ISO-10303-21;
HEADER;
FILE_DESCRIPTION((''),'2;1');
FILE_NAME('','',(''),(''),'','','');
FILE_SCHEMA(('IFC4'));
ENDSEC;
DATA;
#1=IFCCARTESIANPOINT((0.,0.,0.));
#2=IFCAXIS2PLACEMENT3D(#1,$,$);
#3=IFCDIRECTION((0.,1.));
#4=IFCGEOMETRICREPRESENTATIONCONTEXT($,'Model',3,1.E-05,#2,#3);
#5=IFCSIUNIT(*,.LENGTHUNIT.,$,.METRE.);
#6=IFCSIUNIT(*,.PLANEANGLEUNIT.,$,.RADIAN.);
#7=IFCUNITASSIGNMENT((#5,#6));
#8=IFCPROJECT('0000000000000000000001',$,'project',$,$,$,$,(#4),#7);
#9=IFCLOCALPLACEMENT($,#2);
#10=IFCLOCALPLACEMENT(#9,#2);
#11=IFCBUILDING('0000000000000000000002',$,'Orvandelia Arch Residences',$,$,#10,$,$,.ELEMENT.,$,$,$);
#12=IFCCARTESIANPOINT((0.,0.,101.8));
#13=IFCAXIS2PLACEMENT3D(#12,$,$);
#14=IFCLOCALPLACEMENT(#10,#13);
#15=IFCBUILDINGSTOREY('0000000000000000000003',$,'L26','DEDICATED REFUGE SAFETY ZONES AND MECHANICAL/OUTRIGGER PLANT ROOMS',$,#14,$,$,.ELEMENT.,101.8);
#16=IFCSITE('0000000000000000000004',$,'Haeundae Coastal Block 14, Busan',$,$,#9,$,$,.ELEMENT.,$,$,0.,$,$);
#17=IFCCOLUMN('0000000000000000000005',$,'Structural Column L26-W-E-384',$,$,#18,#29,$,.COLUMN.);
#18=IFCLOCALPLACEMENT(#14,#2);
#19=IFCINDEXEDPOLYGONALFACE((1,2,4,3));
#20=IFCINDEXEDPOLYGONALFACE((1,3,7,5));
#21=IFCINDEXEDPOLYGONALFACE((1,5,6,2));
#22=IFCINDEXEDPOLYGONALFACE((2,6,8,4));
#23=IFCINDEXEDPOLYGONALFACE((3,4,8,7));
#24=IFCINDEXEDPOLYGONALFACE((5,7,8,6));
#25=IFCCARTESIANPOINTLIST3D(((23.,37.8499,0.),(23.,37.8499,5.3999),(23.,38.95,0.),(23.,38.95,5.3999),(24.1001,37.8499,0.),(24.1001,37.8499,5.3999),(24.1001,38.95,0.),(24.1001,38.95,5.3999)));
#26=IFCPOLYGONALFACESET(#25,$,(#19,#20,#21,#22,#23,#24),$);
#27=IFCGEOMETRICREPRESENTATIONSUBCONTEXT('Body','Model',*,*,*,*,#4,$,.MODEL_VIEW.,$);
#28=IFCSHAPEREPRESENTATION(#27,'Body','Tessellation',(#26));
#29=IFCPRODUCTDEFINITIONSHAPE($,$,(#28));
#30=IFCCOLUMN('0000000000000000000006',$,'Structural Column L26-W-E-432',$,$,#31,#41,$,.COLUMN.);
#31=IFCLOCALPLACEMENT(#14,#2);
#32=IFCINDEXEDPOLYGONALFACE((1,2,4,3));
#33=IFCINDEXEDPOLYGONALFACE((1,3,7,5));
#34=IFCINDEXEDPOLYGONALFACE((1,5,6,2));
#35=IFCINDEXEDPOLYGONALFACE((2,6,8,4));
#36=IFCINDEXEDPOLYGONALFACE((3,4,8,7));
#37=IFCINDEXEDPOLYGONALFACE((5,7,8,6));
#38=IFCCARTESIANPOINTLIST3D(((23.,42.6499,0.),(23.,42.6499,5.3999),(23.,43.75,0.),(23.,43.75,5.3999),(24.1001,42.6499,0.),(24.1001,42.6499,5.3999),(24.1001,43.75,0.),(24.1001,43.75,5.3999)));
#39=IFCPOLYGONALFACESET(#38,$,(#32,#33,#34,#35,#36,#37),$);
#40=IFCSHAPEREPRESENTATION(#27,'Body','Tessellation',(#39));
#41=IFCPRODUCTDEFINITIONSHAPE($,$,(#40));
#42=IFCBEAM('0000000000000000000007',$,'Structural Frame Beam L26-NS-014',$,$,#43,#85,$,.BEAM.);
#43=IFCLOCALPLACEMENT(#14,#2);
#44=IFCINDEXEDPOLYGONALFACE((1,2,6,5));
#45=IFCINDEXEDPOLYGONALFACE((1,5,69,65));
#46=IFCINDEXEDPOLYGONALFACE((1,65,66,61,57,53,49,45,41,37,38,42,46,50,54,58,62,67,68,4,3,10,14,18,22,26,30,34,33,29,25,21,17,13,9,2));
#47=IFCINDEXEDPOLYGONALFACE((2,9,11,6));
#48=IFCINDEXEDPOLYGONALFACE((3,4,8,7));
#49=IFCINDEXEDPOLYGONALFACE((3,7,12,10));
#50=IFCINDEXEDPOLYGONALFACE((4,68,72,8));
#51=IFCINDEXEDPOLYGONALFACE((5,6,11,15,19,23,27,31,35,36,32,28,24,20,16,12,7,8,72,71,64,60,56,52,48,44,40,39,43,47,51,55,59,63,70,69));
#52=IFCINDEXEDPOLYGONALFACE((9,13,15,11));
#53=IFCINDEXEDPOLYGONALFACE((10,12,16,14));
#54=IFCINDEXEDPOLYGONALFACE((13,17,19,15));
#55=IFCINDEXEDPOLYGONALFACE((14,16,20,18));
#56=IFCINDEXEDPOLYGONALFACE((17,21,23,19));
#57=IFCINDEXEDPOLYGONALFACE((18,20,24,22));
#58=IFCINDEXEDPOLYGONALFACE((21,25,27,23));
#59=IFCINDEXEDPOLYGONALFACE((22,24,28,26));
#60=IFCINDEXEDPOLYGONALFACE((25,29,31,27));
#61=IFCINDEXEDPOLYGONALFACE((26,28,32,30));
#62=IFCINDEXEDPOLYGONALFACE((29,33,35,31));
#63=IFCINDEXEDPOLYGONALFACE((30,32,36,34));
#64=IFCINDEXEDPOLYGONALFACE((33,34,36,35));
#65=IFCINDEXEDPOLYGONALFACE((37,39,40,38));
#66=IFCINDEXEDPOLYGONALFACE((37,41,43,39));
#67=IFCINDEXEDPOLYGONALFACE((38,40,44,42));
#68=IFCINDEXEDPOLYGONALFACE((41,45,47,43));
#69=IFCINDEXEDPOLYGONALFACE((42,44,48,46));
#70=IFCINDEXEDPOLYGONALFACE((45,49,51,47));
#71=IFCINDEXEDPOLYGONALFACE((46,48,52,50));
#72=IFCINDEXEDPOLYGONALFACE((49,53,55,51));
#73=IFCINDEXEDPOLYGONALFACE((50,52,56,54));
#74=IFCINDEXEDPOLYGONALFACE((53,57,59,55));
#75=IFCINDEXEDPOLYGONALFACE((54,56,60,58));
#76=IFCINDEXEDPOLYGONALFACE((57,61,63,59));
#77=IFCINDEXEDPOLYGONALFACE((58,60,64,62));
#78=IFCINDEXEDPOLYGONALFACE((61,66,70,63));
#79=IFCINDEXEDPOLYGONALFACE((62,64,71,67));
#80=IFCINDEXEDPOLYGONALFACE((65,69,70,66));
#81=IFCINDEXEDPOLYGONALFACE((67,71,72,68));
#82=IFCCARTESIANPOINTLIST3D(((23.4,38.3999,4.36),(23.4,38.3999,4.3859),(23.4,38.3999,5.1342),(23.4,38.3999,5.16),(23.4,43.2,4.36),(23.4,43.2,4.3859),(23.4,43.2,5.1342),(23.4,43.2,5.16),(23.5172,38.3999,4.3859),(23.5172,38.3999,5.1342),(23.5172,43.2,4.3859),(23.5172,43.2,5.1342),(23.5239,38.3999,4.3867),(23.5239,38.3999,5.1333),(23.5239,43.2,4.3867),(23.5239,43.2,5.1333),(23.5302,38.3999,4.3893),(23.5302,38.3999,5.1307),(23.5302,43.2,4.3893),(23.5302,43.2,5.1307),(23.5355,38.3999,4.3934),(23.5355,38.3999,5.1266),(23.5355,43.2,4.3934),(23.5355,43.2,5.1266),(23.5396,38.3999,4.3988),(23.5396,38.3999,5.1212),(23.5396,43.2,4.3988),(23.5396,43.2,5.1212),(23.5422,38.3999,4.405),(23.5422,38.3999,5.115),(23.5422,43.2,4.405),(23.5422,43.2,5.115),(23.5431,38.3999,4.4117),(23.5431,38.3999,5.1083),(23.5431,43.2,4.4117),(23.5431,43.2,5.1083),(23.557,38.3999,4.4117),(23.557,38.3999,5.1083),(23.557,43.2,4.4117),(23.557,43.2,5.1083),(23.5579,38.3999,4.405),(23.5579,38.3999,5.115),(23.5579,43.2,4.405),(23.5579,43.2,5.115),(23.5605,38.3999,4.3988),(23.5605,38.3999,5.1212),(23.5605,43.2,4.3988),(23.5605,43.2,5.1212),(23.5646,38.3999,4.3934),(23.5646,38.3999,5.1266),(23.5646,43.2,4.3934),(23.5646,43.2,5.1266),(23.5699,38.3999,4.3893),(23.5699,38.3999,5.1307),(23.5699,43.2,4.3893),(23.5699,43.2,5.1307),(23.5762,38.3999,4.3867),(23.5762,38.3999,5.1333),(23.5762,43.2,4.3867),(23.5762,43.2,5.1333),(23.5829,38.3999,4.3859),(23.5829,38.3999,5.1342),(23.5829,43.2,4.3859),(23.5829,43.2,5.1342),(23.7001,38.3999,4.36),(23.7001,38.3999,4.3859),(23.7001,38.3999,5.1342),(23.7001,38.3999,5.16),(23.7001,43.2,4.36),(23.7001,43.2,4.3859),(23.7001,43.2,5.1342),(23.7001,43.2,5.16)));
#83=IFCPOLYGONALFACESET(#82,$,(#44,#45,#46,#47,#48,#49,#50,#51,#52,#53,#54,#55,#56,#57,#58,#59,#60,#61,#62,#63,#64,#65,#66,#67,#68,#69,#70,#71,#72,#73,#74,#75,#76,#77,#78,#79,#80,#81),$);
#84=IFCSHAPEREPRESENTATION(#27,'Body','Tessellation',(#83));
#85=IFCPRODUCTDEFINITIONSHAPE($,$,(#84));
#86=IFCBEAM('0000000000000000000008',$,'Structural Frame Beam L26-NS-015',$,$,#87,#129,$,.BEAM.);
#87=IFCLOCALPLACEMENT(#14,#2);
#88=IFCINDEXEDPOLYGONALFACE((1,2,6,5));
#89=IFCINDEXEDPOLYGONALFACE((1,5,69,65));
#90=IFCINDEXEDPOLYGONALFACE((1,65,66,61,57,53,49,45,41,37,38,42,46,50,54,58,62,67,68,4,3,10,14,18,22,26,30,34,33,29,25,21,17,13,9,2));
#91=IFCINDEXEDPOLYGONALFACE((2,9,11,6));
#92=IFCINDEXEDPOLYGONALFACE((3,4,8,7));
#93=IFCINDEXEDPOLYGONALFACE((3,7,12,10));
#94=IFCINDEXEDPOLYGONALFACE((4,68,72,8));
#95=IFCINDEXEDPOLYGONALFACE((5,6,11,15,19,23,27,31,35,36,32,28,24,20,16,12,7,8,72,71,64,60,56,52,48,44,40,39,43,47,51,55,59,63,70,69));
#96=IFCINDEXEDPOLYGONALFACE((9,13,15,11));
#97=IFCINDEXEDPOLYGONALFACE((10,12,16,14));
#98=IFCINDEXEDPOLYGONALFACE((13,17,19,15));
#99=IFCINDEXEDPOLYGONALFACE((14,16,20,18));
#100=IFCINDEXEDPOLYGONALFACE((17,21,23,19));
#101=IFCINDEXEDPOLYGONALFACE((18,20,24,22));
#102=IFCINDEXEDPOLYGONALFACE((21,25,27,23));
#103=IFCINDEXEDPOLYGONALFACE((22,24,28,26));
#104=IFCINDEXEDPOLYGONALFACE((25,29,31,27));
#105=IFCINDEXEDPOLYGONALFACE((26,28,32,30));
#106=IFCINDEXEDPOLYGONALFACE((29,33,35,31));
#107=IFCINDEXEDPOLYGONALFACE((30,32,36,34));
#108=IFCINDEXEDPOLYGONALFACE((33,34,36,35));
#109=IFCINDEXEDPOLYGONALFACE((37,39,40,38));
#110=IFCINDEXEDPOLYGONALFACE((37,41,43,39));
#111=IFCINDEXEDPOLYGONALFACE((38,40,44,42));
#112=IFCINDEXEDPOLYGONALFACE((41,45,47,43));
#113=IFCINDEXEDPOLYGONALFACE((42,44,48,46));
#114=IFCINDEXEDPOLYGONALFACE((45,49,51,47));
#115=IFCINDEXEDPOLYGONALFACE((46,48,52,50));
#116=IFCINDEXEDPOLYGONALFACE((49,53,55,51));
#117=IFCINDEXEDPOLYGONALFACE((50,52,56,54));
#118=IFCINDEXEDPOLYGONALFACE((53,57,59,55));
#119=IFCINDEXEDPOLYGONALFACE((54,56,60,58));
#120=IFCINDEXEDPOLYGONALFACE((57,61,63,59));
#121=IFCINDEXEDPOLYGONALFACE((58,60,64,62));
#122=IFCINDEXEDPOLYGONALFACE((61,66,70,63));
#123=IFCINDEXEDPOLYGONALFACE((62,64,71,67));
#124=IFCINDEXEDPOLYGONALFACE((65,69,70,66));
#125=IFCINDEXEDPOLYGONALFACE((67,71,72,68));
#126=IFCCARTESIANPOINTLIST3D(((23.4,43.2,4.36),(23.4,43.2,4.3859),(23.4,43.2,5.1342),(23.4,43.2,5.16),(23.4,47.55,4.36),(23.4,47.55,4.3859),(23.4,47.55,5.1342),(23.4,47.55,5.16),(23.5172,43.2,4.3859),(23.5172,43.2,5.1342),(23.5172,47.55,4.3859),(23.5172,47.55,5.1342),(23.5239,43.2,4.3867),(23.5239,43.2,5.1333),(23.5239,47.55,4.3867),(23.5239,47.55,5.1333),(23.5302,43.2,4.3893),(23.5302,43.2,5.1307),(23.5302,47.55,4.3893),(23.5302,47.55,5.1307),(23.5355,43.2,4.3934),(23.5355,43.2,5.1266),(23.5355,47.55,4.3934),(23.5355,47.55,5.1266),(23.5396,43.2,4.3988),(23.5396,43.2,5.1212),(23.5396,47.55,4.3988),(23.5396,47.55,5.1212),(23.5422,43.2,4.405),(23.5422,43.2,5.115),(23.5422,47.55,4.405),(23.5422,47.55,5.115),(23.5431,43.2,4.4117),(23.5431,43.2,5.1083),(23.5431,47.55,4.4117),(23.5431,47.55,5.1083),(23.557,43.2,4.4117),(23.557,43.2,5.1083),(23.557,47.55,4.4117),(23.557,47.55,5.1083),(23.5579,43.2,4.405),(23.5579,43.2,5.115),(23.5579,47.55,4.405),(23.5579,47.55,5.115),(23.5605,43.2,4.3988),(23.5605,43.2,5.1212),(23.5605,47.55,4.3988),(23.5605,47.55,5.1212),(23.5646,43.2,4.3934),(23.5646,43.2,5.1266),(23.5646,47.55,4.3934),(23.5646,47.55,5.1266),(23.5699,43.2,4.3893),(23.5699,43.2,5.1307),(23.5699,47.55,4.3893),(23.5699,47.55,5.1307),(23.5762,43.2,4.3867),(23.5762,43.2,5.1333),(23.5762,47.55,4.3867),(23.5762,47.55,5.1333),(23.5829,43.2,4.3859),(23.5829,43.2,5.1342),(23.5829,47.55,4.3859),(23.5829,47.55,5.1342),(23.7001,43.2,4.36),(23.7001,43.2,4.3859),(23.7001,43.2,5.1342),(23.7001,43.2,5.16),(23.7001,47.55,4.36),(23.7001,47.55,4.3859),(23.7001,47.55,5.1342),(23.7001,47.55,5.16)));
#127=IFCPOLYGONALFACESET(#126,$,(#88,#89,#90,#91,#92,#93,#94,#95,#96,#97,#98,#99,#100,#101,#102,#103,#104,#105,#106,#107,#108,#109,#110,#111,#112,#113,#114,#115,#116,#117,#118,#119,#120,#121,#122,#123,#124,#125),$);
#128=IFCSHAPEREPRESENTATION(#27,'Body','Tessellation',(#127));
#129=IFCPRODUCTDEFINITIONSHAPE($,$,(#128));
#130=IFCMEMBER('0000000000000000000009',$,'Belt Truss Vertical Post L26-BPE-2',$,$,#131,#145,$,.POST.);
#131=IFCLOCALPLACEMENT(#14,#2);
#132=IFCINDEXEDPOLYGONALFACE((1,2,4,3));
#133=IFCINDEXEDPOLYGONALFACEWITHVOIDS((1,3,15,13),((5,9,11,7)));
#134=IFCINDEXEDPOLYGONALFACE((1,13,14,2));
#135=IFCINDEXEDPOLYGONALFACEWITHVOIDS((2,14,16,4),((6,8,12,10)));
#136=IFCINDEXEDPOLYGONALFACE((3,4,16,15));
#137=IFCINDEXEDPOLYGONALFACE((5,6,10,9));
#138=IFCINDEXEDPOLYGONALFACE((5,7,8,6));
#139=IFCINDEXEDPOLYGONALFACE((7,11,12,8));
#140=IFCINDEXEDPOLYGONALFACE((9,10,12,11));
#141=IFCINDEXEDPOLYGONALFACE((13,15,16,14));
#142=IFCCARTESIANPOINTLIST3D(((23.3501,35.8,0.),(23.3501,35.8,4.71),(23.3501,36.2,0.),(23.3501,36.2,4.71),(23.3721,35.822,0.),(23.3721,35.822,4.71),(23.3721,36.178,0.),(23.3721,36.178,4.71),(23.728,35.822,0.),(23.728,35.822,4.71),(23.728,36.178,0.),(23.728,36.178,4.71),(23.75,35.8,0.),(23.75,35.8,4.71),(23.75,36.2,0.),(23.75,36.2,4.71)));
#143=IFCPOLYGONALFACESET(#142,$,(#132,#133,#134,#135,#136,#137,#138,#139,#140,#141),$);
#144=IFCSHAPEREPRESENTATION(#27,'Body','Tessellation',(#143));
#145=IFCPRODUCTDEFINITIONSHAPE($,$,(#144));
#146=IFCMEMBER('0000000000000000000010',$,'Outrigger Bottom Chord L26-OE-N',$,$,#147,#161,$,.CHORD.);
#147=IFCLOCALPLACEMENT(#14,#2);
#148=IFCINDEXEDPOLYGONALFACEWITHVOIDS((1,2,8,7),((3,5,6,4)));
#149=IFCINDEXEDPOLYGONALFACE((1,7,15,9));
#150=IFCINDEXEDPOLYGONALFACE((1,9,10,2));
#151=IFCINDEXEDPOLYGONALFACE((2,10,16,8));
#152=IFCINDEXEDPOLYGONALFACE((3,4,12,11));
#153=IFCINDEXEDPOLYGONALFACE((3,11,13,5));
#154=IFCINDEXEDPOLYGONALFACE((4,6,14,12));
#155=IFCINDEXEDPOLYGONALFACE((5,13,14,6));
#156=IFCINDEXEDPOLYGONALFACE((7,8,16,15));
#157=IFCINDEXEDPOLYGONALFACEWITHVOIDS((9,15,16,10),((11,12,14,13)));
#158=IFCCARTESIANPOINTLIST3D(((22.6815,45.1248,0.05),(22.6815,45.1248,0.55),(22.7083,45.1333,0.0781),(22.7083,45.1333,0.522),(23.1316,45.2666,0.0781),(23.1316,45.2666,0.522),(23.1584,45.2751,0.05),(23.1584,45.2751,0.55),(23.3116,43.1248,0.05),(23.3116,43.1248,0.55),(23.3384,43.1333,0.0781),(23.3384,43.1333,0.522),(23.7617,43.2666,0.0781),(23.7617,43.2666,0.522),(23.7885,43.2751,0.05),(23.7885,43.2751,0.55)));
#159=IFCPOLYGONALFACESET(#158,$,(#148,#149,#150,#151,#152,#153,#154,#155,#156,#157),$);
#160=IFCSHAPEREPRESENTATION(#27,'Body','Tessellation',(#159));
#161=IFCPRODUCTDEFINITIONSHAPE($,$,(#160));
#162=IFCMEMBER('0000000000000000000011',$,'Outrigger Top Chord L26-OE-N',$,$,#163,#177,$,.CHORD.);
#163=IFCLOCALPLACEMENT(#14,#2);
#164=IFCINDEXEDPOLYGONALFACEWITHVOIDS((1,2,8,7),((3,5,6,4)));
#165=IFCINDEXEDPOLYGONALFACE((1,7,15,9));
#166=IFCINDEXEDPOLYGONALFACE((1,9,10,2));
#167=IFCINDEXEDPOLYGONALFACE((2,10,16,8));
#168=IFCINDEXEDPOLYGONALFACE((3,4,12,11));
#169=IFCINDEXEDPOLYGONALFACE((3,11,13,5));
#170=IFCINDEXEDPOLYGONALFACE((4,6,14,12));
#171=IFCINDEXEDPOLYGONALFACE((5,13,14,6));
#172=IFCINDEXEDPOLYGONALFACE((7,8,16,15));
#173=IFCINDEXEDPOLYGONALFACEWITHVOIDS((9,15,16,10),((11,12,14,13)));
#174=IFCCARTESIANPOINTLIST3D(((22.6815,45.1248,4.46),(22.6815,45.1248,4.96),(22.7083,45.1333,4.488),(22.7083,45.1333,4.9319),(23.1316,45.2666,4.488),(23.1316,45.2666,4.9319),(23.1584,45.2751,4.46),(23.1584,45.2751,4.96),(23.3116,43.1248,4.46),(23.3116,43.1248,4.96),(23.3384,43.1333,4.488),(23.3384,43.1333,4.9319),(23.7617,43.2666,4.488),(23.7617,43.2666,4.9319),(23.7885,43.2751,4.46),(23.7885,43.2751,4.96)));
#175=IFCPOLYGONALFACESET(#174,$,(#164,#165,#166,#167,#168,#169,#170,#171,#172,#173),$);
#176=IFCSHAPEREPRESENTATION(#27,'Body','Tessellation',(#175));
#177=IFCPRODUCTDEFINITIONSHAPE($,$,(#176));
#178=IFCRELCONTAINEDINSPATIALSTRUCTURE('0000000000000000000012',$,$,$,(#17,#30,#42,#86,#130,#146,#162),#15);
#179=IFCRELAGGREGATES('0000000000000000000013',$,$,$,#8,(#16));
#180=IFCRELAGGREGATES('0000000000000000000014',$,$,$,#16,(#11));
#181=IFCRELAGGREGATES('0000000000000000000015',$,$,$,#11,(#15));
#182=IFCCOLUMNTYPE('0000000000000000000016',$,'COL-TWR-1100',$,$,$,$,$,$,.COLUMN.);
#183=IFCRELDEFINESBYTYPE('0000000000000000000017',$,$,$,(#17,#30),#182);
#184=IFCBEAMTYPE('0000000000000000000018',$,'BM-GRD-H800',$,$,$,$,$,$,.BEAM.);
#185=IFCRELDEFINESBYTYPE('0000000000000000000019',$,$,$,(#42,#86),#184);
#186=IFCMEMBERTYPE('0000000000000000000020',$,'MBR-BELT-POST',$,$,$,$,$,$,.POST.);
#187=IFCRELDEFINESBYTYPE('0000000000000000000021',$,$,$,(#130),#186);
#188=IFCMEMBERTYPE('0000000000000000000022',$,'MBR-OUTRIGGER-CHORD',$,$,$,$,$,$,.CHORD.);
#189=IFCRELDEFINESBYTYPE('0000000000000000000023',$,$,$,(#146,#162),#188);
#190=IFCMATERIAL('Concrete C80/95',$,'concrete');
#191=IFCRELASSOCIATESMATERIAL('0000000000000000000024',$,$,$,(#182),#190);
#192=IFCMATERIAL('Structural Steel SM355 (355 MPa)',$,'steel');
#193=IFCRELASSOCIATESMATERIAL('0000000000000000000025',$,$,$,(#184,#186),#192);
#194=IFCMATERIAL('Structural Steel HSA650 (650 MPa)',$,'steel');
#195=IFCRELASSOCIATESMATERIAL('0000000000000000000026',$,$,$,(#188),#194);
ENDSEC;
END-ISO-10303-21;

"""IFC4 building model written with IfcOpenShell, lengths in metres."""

from ifc_helpers import new_model, si_unit, direction, frame, origin, origin_2d, place, context, subcontext, project, spatial, rectangle, hollow_rectangle, i_section, extrude, material, material_profile, profile_set, type_object, element, save


model = new_model("IFC4")

# Units and contexts
model_context = context("Model", 3, precision=1e-05, world=origin(), true_north=direction((0.0, 1.0)))
body_context = subcontext(model_context, "Body", "Model", "MODEL_VIEW")
ifc_project = project(units=[si_unit("LENGTHUNIT", "METRE"), si_unit("PLANEANGLEUNIT", "RADIAN")], contexts=[model_context])

# Site, building, storey
site_placement = place(None, origin())
site = spatial("IfcSite", under=ifc_project, at=site_placement, Name="Haeundae Coastal Block 14, Busan", CompositionType="ELEMENT", RefElevation=0.0)
building_placement = place(site_placement, origin())
building = spatial("IfcBuilding", under=site, at=building_placement, Name="Orvandelia Arch Residences", CompositionType="ELEMENT")
storey_placement = place(building_placement, frame((0.0, 0.0, 101.8)))
storey = spatial("IfcBuildingStorey", under=building, at=storey_placement, Name="L26", Description="DEDICATED REFUGE SAFETY ZONES AND MECHANICAL/OUTRIGGER PLANT ROOMS", CompositionType="ELEMENT", Elevation=101.8)

# Columns
ifc_material_1 = material(Name="Concrete C80/95", Category="concrete")
ifc_material_profile_1 = material_profile(ifc_material_1, rectangle(XDim=1.1001, YDim=1.1001, at=origin_2d()), Name="Concrete C80/95", Category="concrete")
ifc_profile_set_1 = profile_set([ifc_material_profile_1], Name="Concrete C80/95")
column_type = type_object("IfcColumnType", Name="COL-TWR-1100", PredefinedType="COLUMN", material=ifc_profile_set_1)
for number, where, z_axis, x_axis, name in (
    (1, (23.55, 38.3999, 0.0), (0.0, 0.0, 1.0), (1.0, 0.0, 0.0), "Structural Column L26-W-E-384"),
    (2, (23.55, 43.2, 0.0), (0.0, 0.0, 1.0), (1.0, 0.0, 0.0), "Structural Column L26-W-E-432"),
):
    element("IfcColumn", number, at=place(storey_placement, frame(where, z_axis=z_axis, x_axis=x_axis)), inside=storey, type_object=column_type, Name=name, PredefinedType="COLUMN", context=body_context, shape_type="SweptSolid", body=[
        extrude(rectangle(XDim=1.1001, YDim=1.1001, at=origin_2d()), origin(), (0.0, 0.0, 1.0), 5.3999),
    ])

# Beams
ifc_material_2 = material(Name="Structural Steel SM355 (355 MPa)", Category="steel")
ifc_material_profile_2 = material_profile(ifc_material_2, i_section(OverallWidth=0.3, OverallDepth=0.8, WebThickness=0.0139, FlangeThickness=0.0259, FilletRadius=0.0259, at=origin_2d()), Name="Structural Steel SM355 (355 MPa)", Category="steel")
ifc_profile_set_2 = profile_set([ifc_material_profile_2], Name="Structural Steel SM355 (355 MPa)")
beam_type = type_object("IfcBeamType", Name="BM-GRD-H800", PredefinedType="BEAM", material=ifc_profile_set_2)
beam_1_placement = place(storey_placement, frame((23.55, 38.3999, 4.76), z_axis=(0.0, 1.0, 0.0), x_axis=(-1.0, 0.0, 0.0)))
element("IfcBeam", 3, at=beam_1_placement, inside=storey, type_object=beam_type, Name="Structural Frame Beam L26-NS-014", PredefinedType="BEAM", context=body_context, shape_type="SweptSolid", body=[
    extrude(i_section(OverallWidth=0.3, OverallDepth=0.8, WebThickness=0.0139, FlangeThickness=0.0259, FilletRadius=0.0259, at=origin_2d()), origin(), (0.0, 0.0, 1.0), 4.8),
])
beam_2_placement = place(storey_placement, frame((23.55, 43.2, 4.76), z_axis=(0.0, 1.0, 0.0), x_axis=(-1.0, 0.0, 0.0)))
element("IfcBeam", 4, at=beam_2_placement, inside=storey, type_object=beam_type, Name="Structural Frame Beam L26-NS-015", PredefinedType="BEAM", context=body_context, shape_type="SweptSolid", body=[
    extrude(i_section(OverallWidth=0.3, OverallDepth=0.8, WebThickness=0.0139, FlangeThickness=0.0259, FilletRadius=0.0259, at=origin_2d()), origin(), (0.0, 0.0, 1.0), 4.3501),
])

# Members
ifc_material_profile_3 = material_profile(ifc_material_2, hollow_rectangle(XDim=0.3999, YDim=0.3999, WallThickness=0.022, at=origin_2d()), Name="Structural Steel SM355 (355 MPa)", Category="steel")
ifc_profile_set_3 = profile_set([ifc_material_profile_3], Name="Structural Steel SM355 (355 MPa)")
member_type_1 = type_object("IfcMemberType", Name="MBR-BELT-POST", PredefinedType="POST", material=ifc_profile_set_3)
member_1_placement = place(storey_placement, frame((23.55, 36.0, 0.0), z_axis=(0.0, 0.0, 1.0), x_axis=(1.0, 0.0, 0.0)))
element("IfcMember", 5, at=member_1_placement, inside=storey, type_object=member_type_1, Name="Belt Truss Vertical Post L26-BPE-2", PredefinedType="POST", context=body_context, shape_type="SweptSolid", body=[
    extrude(hollow_rectangle(XDim=0.3999, YDim=0.3999, WallThickness=0.022, at=origin_2d()), origin(), (0.0, 0.0, 1.0), 4.71),
])
ifc_material_3 = material(Name="Structural Steel HSA650 (650 MPa)", Category="steel")
ifc_material_profile_4 = material_profile(ifc_material_3, hollow_rectangle(XDim=0.5, YDim=0.5, WallThickness=0.0281, at=origin_2d()), Name="Structural Steel HSA650 (650 MPa)", Category="steel")
ifc_profile_set_4 = profile_set([ifc_material_profile_4], Name="Structural Steel HSA650 (650 MPa)")
member_type_2 = type_object("IfcMemberType", Name="MBR-OUTRIGGER-CHORD", PredefinedType="CHORD", material=ifc_profile_set_4)
for number, where, z_axis, x_axis, name in (
    (6, (23.55, 43.2, 0.3), (-0.300502, 0.953781, 0.0), (-0.953781, -0.300502, 0.0), "Outrigger Bottom Chord L26-OE-N"),
    (7, (23.55, 43.2, 4.71), (-0.300502, 0.953781, 0.0), (-0.953781, -0.300502, 0.0), "Outrigger Top Chord L26-OE-N"),
):
    element("IfcMember", number, at=place(storey_placement, frame(where, z_axis=z_axis, x_axis=x_axis)), inside=storey, type_object=member_type_2, Name=name, PredefinedType="CHORD", context=body_context, shape_type="SweptSolid", body=[
        extrude(hollow_rectangle(XDim=0.5, YDim=0.5, WallThickness=0.0281, at=origin_2d()), origin(), (0.0, 0.0, 1.0), 2.0969),
    ])

save(model, "model.ifc")
